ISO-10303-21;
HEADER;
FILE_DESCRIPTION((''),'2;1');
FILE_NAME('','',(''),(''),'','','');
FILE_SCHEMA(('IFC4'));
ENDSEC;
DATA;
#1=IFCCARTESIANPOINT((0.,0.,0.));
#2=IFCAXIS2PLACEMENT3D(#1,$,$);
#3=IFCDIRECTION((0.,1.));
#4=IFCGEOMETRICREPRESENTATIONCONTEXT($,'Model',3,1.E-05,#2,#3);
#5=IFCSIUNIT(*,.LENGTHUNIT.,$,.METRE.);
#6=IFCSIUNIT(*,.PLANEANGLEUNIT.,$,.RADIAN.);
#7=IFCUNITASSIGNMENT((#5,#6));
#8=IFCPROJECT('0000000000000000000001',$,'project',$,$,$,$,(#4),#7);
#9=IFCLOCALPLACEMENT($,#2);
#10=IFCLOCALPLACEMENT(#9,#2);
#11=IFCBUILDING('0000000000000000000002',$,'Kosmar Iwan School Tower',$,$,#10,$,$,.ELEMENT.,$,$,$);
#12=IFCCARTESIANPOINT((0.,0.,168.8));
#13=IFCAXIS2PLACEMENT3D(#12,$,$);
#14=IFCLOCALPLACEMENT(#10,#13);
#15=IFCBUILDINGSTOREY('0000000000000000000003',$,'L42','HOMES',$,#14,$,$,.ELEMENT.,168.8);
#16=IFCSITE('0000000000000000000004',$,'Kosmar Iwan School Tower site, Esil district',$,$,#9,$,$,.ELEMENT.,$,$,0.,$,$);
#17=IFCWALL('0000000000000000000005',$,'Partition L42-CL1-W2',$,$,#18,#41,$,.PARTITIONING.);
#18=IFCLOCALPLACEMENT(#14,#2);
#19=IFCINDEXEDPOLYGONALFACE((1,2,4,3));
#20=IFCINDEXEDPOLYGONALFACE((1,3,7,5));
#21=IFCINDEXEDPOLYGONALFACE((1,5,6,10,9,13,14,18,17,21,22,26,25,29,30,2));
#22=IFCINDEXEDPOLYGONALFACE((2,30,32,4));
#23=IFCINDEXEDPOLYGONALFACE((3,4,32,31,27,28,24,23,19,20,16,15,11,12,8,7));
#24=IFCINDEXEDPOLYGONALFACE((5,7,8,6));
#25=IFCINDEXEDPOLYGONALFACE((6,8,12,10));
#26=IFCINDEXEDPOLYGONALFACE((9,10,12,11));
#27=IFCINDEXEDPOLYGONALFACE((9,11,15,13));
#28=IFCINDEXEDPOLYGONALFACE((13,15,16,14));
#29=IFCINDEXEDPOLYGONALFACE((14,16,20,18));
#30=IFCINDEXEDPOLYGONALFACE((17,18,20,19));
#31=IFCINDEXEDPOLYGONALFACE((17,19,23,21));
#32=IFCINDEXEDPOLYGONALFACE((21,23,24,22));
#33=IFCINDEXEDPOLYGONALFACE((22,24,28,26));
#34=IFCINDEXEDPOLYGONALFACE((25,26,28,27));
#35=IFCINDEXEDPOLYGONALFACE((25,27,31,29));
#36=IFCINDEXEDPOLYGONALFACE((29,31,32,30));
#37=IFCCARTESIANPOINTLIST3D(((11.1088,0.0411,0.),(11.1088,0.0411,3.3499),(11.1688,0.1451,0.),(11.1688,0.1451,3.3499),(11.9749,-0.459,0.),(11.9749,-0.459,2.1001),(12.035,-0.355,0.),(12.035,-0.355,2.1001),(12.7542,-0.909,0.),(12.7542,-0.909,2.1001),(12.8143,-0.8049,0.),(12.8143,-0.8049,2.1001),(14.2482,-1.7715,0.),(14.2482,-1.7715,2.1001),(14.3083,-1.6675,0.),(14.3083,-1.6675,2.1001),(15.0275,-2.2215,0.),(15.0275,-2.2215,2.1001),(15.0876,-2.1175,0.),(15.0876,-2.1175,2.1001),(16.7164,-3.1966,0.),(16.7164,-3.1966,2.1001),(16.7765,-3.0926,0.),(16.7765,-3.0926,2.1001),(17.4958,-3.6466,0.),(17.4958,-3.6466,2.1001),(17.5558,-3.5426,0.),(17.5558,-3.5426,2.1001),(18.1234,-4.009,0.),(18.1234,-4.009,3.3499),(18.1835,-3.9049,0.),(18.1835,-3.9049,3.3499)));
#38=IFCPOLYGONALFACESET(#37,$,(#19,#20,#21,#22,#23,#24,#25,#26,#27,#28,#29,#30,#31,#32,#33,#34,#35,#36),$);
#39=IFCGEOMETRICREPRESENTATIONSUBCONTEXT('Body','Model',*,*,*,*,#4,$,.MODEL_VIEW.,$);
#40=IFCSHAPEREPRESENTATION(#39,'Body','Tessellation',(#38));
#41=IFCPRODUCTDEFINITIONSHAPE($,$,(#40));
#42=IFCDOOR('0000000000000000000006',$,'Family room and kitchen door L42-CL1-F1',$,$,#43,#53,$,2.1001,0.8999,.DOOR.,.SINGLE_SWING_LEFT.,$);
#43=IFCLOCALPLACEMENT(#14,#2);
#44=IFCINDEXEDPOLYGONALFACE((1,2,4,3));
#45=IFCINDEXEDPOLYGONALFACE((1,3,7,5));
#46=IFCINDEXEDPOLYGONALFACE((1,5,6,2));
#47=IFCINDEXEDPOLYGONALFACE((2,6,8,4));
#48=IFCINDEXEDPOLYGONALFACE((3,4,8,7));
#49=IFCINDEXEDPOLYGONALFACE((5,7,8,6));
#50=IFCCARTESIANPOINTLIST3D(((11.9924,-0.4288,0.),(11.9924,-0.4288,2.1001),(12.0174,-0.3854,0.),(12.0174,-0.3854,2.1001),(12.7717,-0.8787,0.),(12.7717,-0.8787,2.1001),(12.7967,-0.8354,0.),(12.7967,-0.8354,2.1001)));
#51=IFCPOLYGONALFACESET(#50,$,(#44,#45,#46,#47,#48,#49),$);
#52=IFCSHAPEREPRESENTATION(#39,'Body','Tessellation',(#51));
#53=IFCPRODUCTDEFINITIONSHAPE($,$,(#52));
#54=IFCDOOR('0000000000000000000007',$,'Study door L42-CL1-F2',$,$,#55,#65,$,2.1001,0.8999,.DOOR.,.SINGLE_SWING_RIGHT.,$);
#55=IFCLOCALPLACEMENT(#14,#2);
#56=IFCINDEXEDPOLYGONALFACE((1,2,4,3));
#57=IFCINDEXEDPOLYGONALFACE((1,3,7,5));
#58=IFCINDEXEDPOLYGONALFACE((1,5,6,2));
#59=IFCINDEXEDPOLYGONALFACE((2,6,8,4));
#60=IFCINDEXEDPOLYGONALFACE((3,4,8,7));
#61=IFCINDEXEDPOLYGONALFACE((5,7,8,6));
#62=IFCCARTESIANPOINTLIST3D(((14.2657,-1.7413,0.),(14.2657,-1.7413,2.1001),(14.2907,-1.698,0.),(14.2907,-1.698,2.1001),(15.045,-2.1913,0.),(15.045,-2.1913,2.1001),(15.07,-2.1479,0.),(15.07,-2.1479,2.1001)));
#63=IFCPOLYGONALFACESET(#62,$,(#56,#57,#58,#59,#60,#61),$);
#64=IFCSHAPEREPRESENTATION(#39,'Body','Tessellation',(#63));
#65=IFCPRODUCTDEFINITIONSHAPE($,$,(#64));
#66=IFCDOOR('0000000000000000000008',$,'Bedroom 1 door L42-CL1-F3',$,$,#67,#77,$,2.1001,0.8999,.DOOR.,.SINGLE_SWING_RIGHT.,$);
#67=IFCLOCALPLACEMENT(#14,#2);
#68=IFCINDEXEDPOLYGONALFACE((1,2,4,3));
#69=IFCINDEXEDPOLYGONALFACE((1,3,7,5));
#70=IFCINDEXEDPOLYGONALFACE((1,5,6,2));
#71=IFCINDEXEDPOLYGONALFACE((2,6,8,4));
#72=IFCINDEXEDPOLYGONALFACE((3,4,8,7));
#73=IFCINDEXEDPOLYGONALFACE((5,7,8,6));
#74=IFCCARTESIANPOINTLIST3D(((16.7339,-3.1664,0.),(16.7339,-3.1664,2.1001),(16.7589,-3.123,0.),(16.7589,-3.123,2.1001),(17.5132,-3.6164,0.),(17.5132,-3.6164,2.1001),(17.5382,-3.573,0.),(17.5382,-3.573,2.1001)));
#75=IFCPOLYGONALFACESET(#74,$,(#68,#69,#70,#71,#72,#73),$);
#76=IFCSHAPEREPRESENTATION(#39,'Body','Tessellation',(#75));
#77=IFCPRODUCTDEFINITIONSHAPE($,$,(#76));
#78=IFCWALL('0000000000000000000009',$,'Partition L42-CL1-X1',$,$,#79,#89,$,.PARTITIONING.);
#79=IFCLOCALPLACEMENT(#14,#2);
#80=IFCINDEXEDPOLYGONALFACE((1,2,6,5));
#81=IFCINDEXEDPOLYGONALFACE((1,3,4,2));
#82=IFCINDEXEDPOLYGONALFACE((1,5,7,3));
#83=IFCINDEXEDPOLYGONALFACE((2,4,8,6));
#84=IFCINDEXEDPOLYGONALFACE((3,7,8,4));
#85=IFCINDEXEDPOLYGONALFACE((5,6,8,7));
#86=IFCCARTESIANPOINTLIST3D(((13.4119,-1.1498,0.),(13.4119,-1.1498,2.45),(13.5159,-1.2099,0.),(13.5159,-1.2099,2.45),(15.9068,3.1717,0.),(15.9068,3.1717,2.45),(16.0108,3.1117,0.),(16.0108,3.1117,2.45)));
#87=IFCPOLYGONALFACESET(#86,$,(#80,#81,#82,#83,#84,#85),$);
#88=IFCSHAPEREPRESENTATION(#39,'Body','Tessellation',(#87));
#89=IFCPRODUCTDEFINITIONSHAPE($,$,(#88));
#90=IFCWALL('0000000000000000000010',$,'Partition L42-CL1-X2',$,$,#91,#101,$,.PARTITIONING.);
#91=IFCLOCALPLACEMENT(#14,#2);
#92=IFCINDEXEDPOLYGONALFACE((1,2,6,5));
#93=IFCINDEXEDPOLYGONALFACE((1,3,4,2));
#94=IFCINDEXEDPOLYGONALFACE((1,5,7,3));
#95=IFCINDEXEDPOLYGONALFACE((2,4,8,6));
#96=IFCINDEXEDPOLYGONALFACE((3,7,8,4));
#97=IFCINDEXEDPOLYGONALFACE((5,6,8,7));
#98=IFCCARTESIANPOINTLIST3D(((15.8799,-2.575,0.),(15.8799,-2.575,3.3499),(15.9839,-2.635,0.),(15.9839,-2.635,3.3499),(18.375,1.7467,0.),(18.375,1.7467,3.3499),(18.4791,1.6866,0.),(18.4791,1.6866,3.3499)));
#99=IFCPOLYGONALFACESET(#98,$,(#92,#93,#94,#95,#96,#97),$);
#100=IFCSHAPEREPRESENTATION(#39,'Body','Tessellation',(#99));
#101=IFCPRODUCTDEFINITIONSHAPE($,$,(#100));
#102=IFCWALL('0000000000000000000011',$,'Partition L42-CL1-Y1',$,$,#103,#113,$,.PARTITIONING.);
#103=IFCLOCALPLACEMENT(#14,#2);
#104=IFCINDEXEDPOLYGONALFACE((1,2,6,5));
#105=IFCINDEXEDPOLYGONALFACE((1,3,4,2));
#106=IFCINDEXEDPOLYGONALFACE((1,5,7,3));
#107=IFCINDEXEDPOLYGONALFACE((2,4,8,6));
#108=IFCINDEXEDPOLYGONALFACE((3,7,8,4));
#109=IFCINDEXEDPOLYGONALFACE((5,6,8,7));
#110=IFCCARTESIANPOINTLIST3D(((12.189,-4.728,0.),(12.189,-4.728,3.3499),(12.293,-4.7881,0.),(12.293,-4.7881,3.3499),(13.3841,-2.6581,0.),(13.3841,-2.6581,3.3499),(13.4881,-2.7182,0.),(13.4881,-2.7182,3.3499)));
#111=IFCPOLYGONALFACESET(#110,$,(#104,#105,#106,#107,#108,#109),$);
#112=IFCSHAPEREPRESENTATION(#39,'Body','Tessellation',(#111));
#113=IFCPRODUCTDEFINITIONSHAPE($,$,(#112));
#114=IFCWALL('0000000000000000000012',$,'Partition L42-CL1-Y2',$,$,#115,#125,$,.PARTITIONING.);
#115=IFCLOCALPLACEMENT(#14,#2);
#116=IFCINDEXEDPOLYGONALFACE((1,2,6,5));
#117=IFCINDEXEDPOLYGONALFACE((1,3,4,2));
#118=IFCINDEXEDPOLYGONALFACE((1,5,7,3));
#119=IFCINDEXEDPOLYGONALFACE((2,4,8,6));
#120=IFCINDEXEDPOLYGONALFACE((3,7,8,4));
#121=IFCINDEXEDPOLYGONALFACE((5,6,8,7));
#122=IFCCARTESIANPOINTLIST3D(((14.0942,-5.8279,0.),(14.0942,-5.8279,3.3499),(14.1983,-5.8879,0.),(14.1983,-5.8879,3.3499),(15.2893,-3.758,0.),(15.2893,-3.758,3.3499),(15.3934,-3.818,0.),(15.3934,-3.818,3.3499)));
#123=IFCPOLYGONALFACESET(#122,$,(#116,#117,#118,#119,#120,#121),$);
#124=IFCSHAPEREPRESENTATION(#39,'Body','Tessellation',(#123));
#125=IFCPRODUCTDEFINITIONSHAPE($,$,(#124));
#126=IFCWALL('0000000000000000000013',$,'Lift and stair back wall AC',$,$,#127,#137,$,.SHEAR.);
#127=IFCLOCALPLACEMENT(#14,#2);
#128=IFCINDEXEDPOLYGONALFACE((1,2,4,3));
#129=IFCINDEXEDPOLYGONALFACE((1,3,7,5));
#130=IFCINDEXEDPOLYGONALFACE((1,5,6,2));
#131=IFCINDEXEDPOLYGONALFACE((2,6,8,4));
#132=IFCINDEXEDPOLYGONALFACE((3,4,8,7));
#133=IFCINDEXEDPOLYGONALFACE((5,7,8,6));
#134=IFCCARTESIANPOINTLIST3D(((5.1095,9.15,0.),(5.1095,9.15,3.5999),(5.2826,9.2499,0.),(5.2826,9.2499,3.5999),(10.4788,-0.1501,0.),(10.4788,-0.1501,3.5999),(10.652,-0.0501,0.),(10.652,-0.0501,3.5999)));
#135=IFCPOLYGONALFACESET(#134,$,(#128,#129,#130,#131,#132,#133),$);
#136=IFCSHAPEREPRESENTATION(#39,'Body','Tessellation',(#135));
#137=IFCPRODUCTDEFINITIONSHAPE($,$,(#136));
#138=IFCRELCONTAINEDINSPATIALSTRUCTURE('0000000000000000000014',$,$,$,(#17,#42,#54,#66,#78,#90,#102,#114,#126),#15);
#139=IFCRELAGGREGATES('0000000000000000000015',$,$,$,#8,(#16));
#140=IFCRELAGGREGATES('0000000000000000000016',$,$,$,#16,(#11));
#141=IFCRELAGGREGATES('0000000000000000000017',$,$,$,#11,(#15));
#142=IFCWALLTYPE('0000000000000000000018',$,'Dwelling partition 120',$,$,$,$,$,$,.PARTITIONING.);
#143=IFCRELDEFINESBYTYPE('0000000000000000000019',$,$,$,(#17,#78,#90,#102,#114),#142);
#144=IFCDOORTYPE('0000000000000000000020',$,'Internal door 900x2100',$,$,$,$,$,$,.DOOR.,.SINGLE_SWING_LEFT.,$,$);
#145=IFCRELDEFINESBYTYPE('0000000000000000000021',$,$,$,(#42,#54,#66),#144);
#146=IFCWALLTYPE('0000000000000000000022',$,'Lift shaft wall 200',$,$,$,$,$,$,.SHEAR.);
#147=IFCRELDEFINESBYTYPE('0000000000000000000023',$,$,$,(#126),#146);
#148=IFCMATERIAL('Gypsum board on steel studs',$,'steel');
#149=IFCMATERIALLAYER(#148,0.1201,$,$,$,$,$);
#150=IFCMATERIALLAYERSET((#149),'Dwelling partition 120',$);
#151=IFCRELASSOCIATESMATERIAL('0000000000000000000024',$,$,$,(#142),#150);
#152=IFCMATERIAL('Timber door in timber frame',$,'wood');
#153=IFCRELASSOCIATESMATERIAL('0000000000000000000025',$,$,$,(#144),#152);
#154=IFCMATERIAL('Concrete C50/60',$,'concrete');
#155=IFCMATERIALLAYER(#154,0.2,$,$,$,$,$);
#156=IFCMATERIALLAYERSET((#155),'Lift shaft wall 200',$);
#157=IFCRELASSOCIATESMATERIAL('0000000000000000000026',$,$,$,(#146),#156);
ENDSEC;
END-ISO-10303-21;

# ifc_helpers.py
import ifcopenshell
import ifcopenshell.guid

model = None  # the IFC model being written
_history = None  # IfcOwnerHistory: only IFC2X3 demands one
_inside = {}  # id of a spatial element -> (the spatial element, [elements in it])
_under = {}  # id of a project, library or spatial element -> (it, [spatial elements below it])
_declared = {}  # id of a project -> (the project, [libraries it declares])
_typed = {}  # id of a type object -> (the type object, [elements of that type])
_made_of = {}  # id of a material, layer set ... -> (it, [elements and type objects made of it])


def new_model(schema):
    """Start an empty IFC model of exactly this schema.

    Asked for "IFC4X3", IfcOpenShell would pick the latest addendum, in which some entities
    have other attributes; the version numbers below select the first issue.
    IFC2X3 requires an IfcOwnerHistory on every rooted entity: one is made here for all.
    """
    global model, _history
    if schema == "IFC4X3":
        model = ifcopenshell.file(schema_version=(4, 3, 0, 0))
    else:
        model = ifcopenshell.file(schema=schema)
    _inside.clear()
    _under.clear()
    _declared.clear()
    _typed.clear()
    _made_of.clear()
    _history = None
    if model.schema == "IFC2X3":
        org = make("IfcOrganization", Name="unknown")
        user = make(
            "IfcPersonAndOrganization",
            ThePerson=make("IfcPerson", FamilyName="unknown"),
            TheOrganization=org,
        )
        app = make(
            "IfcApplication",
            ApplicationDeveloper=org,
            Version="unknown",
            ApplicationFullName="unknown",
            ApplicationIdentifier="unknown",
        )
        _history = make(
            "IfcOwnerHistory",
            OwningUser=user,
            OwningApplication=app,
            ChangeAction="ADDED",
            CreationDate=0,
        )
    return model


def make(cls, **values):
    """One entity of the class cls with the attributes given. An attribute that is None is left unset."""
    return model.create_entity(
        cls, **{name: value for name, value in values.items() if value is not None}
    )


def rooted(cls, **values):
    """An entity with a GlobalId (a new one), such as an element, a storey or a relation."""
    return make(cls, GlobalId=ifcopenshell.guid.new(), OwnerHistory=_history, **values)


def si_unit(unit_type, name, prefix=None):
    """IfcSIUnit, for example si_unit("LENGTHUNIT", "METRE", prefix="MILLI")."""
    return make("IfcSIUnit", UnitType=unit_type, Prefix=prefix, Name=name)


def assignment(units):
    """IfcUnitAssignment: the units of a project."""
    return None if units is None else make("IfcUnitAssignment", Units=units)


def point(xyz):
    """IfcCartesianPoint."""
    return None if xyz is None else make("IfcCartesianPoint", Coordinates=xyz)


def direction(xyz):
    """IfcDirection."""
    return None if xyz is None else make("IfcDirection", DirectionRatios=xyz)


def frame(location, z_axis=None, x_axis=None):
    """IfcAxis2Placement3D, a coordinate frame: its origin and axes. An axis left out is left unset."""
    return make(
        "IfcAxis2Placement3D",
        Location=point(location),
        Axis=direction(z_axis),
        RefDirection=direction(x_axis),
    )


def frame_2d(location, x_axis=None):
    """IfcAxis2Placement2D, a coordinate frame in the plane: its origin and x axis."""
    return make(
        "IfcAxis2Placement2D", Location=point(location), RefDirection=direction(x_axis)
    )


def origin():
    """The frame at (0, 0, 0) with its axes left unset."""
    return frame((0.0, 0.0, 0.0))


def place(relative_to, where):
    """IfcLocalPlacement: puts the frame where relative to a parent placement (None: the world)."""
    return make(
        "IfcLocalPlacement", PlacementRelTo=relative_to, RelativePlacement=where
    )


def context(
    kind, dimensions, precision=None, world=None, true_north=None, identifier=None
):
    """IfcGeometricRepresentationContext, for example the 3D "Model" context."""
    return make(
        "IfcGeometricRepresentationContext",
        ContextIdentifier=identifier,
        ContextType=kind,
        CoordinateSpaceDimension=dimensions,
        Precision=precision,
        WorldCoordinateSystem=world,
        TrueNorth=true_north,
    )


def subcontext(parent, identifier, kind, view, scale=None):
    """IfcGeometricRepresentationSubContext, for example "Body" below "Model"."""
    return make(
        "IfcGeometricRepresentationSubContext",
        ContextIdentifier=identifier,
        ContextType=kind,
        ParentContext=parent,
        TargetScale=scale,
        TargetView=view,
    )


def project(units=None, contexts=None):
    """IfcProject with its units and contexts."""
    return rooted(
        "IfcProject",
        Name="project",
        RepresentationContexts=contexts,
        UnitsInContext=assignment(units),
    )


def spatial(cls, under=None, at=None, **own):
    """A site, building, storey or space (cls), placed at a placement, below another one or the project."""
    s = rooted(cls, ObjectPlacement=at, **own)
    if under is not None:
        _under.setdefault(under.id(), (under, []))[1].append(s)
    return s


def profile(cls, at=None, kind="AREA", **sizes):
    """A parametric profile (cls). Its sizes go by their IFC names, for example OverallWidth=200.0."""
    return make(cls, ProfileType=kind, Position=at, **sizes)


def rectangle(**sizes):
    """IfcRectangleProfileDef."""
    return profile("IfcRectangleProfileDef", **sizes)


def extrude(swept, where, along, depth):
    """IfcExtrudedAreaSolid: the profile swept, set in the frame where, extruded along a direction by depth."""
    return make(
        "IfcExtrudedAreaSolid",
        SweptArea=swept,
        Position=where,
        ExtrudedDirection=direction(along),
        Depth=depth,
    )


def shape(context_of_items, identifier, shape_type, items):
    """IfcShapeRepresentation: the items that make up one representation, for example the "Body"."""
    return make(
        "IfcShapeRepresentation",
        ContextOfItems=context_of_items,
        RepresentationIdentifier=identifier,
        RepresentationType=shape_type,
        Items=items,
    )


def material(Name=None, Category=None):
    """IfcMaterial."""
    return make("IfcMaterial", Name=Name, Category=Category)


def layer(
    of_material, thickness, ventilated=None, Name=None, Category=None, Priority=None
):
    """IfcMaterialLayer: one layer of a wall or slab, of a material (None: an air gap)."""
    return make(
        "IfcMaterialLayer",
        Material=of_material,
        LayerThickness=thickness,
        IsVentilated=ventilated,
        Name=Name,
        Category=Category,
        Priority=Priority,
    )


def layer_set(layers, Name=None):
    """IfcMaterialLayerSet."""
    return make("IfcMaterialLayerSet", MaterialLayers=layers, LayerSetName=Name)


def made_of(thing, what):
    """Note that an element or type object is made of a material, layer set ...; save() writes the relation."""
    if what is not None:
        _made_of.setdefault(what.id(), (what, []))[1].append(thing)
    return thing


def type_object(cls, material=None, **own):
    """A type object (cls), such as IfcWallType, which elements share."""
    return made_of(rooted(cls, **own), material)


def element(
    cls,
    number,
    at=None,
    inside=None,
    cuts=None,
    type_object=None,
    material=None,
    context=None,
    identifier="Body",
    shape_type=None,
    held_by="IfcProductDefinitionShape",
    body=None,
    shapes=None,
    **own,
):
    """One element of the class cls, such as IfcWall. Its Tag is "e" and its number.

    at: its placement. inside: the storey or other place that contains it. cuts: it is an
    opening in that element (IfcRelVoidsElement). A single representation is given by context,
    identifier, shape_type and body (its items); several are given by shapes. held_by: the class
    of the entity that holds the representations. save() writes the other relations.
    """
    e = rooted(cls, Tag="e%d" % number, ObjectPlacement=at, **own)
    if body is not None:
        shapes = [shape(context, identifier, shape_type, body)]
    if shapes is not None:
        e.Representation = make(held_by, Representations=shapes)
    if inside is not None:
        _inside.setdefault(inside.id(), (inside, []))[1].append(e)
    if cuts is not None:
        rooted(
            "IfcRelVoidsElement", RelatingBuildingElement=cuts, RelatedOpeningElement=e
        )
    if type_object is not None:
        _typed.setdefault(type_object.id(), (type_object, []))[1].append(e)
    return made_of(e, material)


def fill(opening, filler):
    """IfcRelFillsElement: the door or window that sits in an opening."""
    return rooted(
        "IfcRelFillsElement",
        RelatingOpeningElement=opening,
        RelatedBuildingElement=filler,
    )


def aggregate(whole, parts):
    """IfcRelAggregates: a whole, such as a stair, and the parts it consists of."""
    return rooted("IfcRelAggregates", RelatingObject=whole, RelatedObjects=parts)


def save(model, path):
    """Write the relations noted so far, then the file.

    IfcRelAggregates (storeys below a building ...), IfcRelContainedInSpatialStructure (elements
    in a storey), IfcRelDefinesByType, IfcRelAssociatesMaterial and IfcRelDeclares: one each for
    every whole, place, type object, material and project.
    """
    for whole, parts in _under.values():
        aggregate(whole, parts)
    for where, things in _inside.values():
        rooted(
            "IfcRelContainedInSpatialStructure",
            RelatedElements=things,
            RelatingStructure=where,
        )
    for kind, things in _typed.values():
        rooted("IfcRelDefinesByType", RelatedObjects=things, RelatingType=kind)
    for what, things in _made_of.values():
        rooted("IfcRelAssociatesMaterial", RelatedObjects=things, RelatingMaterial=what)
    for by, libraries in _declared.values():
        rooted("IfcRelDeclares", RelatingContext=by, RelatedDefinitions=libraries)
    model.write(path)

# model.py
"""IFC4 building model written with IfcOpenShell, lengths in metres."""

from ifc_helpers import new_model, si_unit, direction, frame, frame_2d, origin, place, context, subcontext, project, spatial, rectangle, extrude, material, layer, layer_set, type_object, element, fill, save


model = new_model("IFC4")

# Units and contexts
model_context = context("Model", 3, precision=1e-05, world=origin(), true_north=direction((0.0, 1.0)))
body_context = subcontext(model_context, "Body", "Model", "MODEL_VIEW")
ifc_project = project(units=[si_unit("LENGTHUNIT", "METRE"), si_unit("PLANEANGLEUNIT", "RADIAN")], contexts=[model_context])

# Site, building, storey
site_placement = place(None, origin())
site = spatial("IfcSite", under=ifc_project, at=site_placement, Name="Kosmar Iwan School Tower site, Esil district", CompositionType="ELEMENT", RefElevation=0.0)
building_placement = place(site_placement, origin())
building = spatial("IfcBuilding", under=site, at=building_placement, Name="Kosmar Iwan School Tower", CompositionType="ELEMENT")
storey_placement = place(building_placement, frame((0.0, 0.0, 168.8)))
storey = spatial("IfcBuildingStorey", under=building, at=storey_placement, Name="L42", Description="HOMES", CompositionType="ELEMENT", Elevation=168.8)

# Wall, openings, doors
ifc_material_1 = material(Name="Gypsum board on steel studs", Category="steel")
ifc_layer_1 = layer(ifc_material_1, 0.1201)
ifc_layer_set_1 = layer_set([ifc_layer_1], Name="Dwelling partition 120")
wall_type_1 = type_object("IfcWallType", Name="Dwelling partition 120", PredefinedType="PARTITIONING", material=ifc_layer_set_1)
ifc_material_2 = material(Name="Timber door in timber frame", Category="wood")
door_type_1 = type_object("IfcDoorType", Name="Internal door 900x2100", OperationType="SINGLE_SWING_LEFT", PredefinedType="DOOR", material=ifc_material_2)
wall_1_placement = place(storey_placement, frame((11.1389, 0.093, 0.0), z_axis=(0.0, 0.0, 1.0), x_axis=(0.866018, -0.500013, 0.0)))
wall_1 = element("IfcWall", 1, at=wall_1_placement, inside=storey, type_object=wall_type_1, Name="Partition L42-CL1-W2", PredefinedType="PARTITIONING", context=body_context, shape_type="SweptSolid", body=[
    extrude(rectangle(XDim=8.0999, YDim=0.1201, at=frame_2d((4.0498, 0.0))), origin(), (0.0, 0.0, 1.0), 3.3499),
])
opening_1_placement = place(wall_1_placement, frame((1.0, 0.0, 0.0)))
opening_1 = element("IfcOpeningElement", 2, at=opening_1_placement, cuts=wall_1, PredefinedType="OPENING", context=body_context, shape_type="SweptSolid", body=[
    extrude(rectangle(XDim=0.8999, YDim=2.1001, at=frame_2d((0.45, 1.05))), frame((0.0, 0.072, 0.0), z_axis=(0.0, -1.0, 0.0), x_axis=(1.0, 0.0, 0.0)), (0.0, 0.0, 1.0), 0.144),
])
opening_2_placement = place(wall_1_placement, frame((3.625, 0.0, 0.0)))
opening_2 = element("IfcOpeningElement", 3, at=opening_2_placement, cuts=wall_1, PredefinedType="OPENING", context=body_context, shape_type="SweptSolid", body=[
    extrude(rectangle(XDim=0.8999, YDim=2.1001, at=frame_2d((0.45, 1.05))), frame((0.0, 0.072, 0.0), z_axis=(0.0, -1.0, 0.0), x_axis=(1.0, 0.0, 0.0)), (0.0, 0.0, 1.0), 0.144),
])
opening_3_placement = place(wall_1_placement, frame((6.4751, 0.0, 0.0)))
opening_3 = element("IfcOpeningElement", 4, at=opening_3_placement, cuts=wall_1, PredefinedType="OPENING", context=body_context, shape_type="SweptSolid", body=[
    extrude(rectangle(XDim=0.8999, YDim=2.1001, at=frame_2d((0.45, 1.05))), frame((0.0, 0.072, 0.0), z_axis=(0.0, -1.0, 0.0), x_axis=(1.0, 0.0, 0.0)), (0.0, 0.0, 1.0), 0.144),
])
door_1_placement = place(opening_1_placement, origin())
door_1 = element("IfcDoor", 5, at=door_1_placement, inside=storey, type_object=door_type_1, Name="Family room and kitchen door L42-CL1-F1", OperationType="SINGLE_SWING_LEFT", OverallHeight=2.1001, OverallWidth=0.8999, PredefinedType="DOOR", context=body_context, shape_type="SweptSolid", body=[
    extrude(rectangle(XDim=0.8999, YDim=2.1001, at=frame_2d((0.45, 1.05))), frame((0.0, 0.0249, 0.0), z_axis=(0.0, -1.0, 0.0), x_axis=(1.0, 0.0, 0.0)), (0.0, 0.0, 1.0), 0.05),
])
fill(opening_1, door_1)
door_2_placement = place(opening_2_placement, origin())
door_2 = element("IfcDoor", 6, at=door_2_placement, inside=storey, type_object=door_type_1, Name="Study door L42-CL1-F2", OperationType="SINGLE_SWING_RIGHT", OverallHeight=2.1001, OverallWidth=0.8999, PredefinedType="DOOR", context=body_context, shape_type="SweptSolid", body=[
    extrude(rectangle(XDim=0.8999, YDim=2.1001, at=frame_2d((0.45, 1.05))), frame((0.0, 0.0249, 0.0), z_axis=(0.0, -1.0, 0.0), x_axis=(1.0, 0.0, 0.0)), (0.0, 0.0, 1.0), 0.05),
])
fill(opening_2, door_2)
door_3_placement = place(opening_3_placement, origin())
door_3 = element("IfcDoor", 7, at=door_3_placement, inside=storey, type_object=door_type_1, Name="Bedroom 1 door L42-CL1-F3", OperationType="SINGLE_SWING_RIGHT", OverallHeight=2.1001, OverallWidth=0.8999, PredefinedType="DOOR", context=body_context, shape_type="SweptSolid", body=[
    extrude(rectangle(XDim=0.8999, YDim=2.1001, at=frame_2d((0.45, 1.05))), frame((0.0, 0.0249, 0.0), z_axis=(0.0, -1.0, 0.0), x_axis=(1.0, 0.0, 0.0)), (0.0, 0.0, 1.0), 0.05),
])
fill(opening_3, door_3)

# Walls
wall_2_placement = place(storey_placement, frame((13.4639, -1.1799, 0.0), z_axis=(0.0, 0.0, 1.0), x_axis=(0.499975, 0.86604, 0.0)))
element("IfcWall", 8, at=wall_2_placement, inside=storey, type_object=wall_type_1, Name="Partition L42-CL1-X1", PredefinedType="PARTITIONING", context=body_context, shape_type="SweptSolid", body=[
    extrude(rectangle(XDim=4.99, YDim=0.1201, at=frame_2d((2.4951, 0.0))), origin(), (0.0, 0.0, 1.0), 2.45),
])
wall_3_placement = place(storey_placement, frame((15.9319, -2.605, 0.0), z_axis=(0.0, 0.0, 1.0), x_axis=(0.500012, 0.866019, 0.0)))
element("IfcWall", 9, at=wall_3_placement, inside=storey, type_object=wall_type_1, Name="Partition L42-CL1-X2", PredefinedType="PARTITIONING", context=body_context, shape_type="SweptSolid", body=[
    extrude(rectangle(XDim=4.9902, YDim=0.1201, at=frame_2d((2.4951, 0.0))), origin(), (0.0, 0.0, 1.0), 3.3499),
])
for number, where, z_axis, x_axis, name in (
    (10, (12.241, -4.7581, 0.0), (0.0, 0.0, 1.0), (0.500017, 0.866015, 0.0), "Partition L42-CL1-Y1"),
    (11, (14.1462, -5.8579, 0.0), (0.0, 0.0, 1.0), (0.500017, 0.866015, 0.0), "Partition L42-CL1-Y2"),
):
    element("IfcWall", number, at=place(storey_placement, frame(where, z_axis=z_axis, x_axis=x_axis)), inside=storey, type_object=wall_type_1, Name=name, PredefinedType="PARTITIONING", context=body_context, shape_type="SweptSolid", body=[
        extrude(rectangle(XDim=2.3901, YDim=0.1201, at=frame_2d((1.1951, 0.0))), origin(), (0.0, 0.0, 1.0), 3.3499),
    ])
ifc_material_3 = material(Name="Concrete C50/60", Category="concrete")
ifc_layer_2 = layer(ifc_material_3, 0.2)
ifc_layer_set_2 = layer_set([ifc_layer_2], Name="Lift shaft wall 200")
wall_type_2 = type_object("IfcWallType", Name="Lift shaft wall 200", PredefinedType="SHEAR", material=ifc_layer_set_2)
wall_4_placement = place(storey_placement, frame((10.5654, -0.1001, 0.0), z_axis=(0.0, 0.0, 1.0), x_axis=(-0.5, 0.866025, 0.0)))
element("IfcWall", 12, at=wall_4_placement, inside=storey, type_object=wall_type_2, Name="Lift and stair back wall AC", PredefinedType="SHEAR", context=body_context, shape_type="SweptSolid", body=[
    extrude(rectangle(XDim=10.7388, YDim=0.2, at=frame_2d((5.3694, 0.0))), origin(), (0.0, 0.0, 1.0), 3.5999),
])

save(model, "model.ifc")
